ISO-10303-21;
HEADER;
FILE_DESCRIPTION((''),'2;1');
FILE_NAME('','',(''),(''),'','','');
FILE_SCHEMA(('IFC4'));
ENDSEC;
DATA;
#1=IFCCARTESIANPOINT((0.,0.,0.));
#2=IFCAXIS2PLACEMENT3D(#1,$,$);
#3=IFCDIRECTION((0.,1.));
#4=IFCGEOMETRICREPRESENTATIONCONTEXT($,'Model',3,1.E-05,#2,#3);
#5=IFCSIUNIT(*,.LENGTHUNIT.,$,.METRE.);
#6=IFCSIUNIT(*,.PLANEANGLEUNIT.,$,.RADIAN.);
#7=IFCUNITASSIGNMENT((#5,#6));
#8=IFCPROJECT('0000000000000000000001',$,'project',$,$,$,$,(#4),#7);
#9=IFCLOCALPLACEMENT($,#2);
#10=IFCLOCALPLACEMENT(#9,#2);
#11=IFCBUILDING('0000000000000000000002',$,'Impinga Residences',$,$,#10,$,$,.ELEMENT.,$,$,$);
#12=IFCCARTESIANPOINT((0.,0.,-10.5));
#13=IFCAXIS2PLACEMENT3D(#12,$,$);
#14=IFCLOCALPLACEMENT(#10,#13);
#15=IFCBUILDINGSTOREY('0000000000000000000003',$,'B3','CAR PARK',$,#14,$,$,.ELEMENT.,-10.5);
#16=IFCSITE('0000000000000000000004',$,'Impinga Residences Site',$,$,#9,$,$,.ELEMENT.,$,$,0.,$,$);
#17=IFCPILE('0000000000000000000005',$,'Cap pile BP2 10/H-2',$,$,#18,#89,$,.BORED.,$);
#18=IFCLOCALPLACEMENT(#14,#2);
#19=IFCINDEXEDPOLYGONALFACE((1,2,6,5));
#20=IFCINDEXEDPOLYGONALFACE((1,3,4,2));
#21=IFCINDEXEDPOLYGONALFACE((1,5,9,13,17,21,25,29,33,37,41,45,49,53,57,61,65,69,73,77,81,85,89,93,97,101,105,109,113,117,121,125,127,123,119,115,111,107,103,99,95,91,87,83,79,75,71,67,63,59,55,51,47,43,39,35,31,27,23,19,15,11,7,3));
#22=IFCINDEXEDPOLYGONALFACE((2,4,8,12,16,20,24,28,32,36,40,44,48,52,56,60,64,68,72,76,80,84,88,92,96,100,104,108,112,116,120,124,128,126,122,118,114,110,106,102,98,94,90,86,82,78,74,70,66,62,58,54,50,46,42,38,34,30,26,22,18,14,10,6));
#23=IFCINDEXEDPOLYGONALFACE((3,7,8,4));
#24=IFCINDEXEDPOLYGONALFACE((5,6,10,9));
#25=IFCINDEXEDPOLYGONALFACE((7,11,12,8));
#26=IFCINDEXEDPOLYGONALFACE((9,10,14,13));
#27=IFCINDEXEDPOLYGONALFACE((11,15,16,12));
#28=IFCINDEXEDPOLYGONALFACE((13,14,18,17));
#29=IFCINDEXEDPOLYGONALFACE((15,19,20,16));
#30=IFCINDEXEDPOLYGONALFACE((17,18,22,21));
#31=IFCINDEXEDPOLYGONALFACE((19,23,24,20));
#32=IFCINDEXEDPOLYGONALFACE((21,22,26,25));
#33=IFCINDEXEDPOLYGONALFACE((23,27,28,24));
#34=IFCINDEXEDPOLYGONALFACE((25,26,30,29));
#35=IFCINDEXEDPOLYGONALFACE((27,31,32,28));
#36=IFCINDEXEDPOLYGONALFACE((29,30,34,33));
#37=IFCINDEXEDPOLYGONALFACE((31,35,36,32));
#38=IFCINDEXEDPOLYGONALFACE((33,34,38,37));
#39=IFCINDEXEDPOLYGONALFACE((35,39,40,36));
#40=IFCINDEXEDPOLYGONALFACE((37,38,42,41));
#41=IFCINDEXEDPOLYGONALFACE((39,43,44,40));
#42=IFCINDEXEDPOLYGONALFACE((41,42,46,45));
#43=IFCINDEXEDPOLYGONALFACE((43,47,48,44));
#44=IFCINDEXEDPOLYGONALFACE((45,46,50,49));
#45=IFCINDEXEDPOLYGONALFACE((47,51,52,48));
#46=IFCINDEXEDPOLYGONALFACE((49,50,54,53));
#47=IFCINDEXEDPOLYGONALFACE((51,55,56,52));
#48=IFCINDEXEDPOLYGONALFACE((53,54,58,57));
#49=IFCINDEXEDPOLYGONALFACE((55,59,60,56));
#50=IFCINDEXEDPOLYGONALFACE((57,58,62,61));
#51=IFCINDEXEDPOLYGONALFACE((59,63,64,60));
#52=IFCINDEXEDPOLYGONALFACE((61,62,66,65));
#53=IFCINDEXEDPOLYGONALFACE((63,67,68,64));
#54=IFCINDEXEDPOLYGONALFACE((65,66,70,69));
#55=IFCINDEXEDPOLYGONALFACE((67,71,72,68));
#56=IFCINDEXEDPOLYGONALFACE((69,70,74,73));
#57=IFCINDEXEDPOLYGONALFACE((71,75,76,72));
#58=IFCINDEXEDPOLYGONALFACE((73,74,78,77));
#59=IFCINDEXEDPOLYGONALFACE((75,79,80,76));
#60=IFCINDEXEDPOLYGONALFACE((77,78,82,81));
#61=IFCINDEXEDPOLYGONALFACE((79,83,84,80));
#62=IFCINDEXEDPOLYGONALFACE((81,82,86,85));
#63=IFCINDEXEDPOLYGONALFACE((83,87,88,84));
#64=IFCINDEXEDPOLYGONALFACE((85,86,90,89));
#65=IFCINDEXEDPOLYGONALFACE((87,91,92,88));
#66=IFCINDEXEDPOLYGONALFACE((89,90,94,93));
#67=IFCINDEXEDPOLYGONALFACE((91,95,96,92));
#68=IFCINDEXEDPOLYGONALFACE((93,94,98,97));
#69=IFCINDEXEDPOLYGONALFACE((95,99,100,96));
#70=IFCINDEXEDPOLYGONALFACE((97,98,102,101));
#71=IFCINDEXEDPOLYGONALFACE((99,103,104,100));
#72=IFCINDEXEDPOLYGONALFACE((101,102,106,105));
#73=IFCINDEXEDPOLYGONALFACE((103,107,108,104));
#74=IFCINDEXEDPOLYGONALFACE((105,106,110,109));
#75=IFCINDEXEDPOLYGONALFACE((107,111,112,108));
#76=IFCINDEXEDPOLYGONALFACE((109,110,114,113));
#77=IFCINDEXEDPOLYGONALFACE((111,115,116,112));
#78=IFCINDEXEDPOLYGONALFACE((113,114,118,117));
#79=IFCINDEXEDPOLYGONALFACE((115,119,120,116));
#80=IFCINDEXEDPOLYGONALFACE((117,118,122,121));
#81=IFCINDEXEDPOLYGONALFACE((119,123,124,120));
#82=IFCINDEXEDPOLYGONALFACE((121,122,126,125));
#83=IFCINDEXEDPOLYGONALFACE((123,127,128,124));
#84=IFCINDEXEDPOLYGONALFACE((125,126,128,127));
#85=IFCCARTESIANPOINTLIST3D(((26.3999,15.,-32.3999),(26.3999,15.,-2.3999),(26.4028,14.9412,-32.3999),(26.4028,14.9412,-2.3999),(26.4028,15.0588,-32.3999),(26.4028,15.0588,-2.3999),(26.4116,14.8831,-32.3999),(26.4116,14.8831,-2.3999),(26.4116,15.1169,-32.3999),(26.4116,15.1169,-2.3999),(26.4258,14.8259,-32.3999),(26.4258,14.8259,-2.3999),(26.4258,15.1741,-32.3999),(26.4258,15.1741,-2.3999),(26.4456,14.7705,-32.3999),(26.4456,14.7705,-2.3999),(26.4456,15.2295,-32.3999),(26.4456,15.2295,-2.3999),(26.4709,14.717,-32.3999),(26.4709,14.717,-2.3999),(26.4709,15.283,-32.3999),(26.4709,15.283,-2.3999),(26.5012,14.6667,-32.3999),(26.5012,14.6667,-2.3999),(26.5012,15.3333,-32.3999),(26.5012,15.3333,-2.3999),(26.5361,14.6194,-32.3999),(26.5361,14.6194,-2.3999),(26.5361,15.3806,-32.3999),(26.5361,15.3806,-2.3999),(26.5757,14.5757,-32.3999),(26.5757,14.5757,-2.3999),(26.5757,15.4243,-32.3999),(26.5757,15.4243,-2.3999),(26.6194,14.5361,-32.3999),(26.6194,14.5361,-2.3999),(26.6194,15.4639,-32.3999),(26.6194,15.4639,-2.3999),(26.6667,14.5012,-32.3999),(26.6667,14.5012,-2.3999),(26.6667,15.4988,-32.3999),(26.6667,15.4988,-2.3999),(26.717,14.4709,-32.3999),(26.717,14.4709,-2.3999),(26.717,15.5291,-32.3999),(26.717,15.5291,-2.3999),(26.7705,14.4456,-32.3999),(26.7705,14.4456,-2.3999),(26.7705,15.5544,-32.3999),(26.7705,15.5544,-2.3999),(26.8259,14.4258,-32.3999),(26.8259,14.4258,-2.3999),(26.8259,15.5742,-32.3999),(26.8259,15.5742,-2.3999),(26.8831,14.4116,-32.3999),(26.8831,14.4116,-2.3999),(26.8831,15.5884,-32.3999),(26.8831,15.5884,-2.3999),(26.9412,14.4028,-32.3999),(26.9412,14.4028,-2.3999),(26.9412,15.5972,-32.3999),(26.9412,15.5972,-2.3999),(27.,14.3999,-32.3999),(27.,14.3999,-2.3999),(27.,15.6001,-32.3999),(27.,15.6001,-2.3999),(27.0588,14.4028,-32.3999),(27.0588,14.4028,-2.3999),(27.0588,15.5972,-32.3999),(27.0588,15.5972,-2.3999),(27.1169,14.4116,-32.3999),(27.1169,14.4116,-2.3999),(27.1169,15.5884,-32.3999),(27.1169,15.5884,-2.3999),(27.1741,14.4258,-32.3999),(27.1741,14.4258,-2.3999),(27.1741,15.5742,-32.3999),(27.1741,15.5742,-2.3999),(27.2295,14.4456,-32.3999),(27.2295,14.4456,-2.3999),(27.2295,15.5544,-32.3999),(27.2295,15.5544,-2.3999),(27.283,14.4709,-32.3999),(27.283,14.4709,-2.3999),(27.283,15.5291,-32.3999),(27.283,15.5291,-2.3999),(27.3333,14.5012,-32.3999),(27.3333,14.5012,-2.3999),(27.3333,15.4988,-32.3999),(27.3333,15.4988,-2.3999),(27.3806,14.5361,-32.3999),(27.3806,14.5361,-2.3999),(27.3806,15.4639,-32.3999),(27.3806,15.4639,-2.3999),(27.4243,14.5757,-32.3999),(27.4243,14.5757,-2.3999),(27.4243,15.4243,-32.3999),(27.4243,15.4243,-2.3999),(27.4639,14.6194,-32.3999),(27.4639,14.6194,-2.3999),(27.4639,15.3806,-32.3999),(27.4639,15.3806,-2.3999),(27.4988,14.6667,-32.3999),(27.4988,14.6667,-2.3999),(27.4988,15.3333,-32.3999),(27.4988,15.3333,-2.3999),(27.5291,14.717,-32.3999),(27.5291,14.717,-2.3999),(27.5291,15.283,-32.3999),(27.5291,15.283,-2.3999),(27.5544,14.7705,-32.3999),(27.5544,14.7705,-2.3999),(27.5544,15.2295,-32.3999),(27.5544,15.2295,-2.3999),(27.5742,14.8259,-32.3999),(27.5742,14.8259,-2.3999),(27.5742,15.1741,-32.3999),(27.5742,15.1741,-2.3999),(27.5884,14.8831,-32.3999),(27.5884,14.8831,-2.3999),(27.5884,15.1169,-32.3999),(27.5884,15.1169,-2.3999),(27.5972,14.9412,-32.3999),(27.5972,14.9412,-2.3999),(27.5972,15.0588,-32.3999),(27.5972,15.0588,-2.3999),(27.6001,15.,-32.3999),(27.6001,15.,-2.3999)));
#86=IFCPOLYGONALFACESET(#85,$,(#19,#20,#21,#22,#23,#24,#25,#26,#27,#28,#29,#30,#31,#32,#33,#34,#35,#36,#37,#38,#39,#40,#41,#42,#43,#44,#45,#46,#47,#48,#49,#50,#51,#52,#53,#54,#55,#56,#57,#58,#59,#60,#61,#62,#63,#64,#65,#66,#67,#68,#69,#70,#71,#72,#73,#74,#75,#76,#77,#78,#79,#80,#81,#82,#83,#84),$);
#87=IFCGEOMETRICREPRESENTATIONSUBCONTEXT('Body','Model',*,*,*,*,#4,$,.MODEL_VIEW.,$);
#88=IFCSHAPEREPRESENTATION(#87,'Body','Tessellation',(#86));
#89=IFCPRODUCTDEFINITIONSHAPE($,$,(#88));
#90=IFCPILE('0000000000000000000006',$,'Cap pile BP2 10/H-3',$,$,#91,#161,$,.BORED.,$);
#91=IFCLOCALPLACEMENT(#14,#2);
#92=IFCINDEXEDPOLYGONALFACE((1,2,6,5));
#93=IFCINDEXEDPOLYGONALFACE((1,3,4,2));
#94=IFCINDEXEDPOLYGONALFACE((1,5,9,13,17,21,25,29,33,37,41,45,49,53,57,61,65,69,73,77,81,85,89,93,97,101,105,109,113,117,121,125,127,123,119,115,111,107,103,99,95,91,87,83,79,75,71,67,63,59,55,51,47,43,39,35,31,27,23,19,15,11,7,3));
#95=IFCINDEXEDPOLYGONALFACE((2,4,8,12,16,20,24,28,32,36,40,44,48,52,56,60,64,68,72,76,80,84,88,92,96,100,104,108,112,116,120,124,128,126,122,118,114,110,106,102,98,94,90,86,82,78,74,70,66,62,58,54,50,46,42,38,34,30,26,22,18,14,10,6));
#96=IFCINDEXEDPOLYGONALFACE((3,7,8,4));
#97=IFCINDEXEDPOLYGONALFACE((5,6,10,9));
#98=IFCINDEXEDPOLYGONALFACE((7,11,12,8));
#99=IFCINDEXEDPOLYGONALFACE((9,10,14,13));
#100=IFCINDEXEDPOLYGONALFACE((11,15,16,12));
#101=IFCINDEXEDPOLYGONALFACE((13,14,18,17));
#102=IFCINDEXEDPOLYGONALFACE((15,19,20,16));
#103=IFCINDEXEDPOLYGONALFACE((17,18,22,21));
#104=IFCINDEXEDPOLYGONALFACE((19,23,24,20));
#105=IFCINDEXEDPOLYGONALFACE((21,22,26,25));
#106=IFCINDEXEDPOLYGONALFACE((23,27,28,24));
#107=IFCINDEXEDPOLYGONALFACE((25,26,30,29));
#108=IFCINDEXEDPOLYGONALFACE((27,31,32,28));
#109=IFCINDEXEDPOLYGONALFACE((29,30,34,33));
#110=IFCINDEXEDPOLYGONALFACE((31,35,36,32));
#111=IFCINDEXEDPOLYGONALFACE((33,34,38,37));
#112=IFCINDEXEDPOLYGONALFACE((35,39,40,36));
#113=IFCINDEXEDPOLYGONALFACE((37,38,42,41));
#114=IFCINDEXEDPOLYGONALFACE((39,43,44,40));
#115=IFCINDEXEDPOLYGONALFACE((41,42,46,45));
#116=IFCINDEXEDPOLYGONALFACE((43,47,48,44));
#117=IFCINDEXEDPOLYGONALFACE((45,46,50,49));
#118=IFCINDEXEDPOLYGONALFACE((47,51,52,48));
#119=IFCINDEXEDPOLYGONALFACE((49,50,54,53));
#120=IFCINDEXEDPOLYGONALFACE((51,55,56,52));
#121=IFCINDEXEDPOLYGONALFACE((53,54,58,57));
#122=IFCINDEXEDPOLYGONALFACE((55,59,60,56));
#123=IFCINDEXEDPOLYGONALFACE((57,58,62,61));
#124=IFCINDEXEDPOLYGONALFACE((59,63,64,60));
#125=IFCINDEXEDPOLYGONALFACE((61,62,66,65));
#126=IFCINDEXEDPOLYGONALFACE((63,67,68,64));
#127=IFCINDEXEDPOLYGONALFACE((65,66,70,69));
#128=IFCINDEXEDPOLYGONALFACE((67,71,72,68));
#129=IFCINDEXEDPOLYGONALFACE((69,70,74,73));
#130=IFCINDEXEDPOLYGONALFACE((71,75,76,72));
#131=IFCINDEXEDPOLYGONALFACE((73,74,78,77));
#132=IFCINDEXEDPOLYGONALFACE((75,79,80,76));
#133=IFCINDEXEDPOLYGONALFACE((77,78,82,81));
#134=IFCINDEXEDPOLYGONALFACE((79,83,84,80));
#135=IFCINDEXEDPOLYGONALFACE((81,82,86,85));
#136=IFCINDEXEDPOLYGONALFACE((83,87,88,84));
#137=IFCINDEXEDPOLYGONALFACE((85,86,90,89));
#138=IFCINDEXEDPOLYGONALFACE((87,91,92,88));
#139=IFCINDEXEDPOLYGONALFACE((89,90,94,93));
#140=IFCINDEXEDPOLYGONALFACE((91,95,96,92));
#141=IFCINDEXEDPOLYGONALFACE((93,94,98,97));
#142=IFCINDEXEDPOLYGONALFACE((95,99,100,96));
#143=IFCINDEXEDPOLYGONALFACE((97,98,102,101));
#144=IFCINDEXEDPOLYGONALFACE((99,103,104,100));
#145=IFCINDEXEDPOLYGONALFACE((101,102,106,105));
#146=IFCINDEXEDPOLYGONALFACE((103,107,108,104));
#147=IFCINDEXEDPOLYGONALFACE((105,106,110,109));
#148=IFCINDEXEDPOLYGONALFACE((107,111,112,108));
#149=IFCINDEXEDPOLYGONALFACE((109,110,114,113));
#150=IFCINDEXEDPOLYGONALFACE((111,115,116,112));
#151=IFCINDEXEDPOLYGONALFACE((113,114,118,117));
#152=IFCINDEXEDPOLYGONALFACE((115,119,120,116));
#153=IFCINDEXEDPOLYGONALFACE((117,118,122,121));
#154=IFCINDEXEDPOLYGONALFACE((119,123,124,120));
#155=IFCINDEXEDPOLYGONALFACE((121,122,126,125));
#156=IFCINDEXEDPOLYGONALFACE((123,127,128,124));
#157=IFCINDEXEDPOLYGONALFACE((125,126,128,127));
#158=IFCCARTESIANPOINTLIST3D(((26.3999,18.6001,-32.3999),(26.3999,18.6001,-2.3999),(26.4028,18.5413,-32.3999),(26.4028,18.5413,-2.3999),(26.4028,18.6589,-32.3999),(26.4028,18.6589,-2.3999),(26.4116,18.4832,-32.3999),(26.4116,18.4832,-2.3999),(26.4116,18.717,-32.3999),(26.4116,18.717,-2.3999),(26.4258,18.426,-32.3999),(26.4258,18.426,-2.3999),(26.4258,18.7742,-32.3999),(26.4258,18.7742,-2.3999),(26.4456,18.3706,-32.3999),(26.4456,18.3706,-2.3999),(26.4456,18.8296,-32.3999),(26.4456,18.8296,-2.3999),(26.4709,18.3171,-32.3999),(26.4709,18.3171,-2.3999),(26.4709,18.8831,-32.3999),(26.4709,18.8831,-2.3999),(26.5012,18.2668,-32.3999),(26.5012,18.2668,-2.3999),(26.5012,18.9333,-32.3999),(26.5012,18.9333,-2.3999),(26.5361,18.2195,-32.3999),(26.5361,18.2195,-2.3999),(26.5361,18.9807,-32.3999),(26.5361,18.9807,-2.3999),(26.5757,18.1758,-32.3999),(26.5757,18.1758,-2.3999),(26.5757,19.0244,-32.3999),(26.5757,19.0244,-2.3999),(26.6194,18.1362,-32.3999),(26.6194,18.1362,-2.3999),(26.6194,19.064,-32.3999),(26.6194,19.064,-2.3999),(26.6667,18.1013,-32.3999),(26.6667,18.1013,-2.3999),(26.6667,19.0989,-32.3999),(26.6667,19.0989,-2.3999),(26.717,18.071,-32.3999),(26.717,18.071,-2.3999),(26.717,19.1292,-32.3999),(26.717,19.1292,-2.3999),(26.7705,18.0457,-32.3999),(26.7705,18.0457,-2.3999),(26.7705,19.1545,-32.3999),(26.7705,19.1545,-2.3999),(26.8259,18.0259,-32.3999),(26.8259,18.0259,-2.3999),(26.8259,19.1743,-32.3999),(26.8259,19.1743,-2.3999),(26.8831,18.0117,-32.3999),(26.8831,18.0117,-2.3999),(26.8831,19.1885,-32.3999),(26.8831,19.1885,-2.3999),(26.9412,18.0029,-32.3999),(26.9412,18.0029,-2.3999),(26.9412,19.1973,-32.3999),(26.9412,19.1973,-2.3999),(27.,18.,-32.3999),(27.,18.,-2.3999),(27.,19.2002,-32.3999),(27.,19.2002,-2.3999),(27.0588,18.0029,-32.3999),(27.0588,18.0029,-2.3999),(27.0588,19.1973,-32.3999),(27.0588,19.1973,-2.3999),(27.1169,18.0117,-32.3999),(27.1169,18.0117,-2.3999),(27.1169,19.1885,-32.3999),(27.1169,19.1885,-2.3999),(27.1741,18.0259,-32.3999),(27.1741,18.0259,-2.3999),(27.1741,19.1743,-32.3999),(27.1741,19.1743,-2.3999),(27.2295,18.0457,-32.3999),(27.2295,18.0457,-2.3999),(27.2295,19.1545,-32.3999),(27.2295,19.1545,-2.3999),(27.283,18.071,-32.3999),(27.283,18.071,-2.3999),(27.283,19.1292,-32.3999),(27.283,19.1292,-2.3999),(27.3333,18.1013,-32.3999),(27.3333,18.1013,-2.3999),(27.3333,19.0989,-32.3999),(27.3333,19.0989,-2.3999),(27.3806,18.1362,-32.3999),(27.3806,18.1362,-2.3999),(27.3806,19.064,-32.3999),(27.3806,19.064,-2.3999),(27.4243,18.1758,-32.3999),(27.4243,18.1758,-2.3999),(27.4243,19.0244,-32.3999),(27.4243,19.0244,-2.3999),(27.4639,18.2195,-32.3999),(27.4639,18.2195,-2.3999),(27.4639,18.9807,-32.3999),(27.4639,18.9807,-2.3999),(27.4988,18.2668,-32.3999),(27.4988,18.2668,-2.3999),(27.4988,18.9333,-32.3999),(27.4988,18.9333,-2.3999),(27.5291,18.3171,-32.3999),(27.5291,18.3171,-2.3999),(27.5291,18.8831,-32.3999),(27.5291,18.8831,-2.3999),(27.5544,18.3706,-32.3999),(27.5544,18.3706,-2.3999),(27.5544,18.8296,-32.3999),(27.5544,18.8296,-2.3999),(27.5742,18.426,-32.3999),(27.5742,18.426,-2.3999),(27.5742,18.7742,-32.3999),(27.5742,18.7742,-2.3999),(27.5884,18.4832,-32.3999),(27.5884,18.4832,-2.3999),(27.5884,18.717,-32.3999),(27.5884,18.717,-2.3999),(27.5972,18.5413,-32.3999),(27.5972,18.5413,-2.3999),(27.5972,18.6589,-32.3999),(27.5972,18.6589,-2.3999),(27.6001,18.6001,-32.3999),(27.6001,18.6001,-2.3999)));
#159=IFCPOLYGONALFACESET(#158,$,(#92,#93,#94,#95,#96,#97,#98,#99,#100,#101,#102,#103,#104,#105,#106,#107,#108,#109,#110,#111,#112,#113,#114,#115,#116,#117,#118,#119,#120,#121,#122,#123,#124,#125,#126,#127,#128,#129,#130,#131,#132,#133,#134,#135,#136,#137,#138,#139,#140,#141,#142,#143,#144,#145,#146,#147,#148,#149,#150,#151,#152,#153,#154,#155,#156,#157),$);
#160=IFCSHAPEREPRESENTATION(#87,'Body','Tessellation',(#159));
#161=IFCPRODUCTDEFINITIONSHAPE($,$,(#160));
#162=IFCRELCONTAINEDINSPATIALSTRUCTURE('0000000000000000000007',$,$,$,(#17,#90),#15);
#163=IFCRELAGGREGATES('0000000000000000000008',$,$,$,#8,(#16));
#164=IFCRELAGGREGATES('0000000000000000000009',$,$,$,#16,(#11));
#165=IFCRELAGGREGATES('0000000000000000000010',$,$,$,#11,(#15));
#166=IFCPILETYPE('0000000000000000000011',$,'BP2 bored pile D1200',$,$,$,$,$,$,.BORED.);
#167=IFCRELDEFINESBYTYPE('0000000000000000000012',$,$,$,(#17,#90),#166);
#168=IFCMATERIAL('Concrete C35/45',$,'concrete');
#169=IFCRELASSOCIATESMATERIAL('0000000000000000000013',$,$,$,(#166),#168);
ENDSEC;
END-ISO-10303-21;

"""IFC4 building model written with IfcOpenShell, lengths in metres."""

from ifc_helpers import new_model, si_unit, direction, frame, origin, origin_2d, place, context, subcontext, project, spatial, polyline, circle, outline, extrude, material, material_profile, profile_set, type_object, element, save


model = new_model("IFC4")

# Units and contexts
model_context = context("Model", 3, precision=1e-05, world=origin(), true_north=direction((0.0, 1.0)))
body_context = subcontext(model_context, "Body", "Model", "MODEL_VIEW")
ifc_project = project(units=[si_unit("LENGTHUNIT", "METRE"), si_unit("PLANEANGLEUNIT", "RADIAN")], contexts=[model_context])

# Site, building, storey
site_placement = place(None, origin())
site = spatial("IfcSite", under=ifc_project, at=site_placement, Name="Impinga Residences Site", CompositionType="ELEMENT", RefElevation=0.0)
building_placement = place(site_placement, origin())
building = spatial("IfcBuilding", under=site, at=building_placement, Name="Impinga Residences", CompositionType="ELEMENT")
storey_placement = place(building_placement, frame((0.0, 0.0, -10.5)))
storey = spatial("IfcBuildingStorey", under=building, at=storey_placement, Name="B3", Description="CAR PARK", CompositionType="ELEMENT", Elevation=-10.5)

# Piles
ifc_material_1 = material(Name="Concrete C35/45", Category="concrete")
ifc_material_profile_1 = material_profile(ifc_material_1, circle(Radius=0.6001, at=origin_2d()), Name="D1200")
ifc_profile_set_1 = profile_set([ifc_material_profile_1], Name="Concrete C35/45")
pile_type = type_object("IfcPileType", Name="BP2 bored pile D1200", PredefinedType="BORED", material=ifc_profile_set_1)
pile_1_placement = place(storey_placement, frame((27.0, 15.0, -2.3999), z_axis=(0.0, 0.0, -1.0), x_axis=(1.0, 0.0, 0.0)))
element("IfcPile", 1, at=pile_1_placement, inside=storey, type_object=pile_type, Name="Cap pile BP2 10/H-2", PredefinedType="BORED", context=body_context, shape_type="SweptSolid", body=[
    extrude(outline(polyline([(0.6001, 0.0), (0.5972, 0.0588), (0.5884, 0.1169), (0.5742, 0.1741), (0.5544, 0.2295), (0.5291, 0.283), (0.4988, 0.3333), (0.4639, 0.3806), (0.4243, 0.4243), (0.3806, 0.4639), (0.3333, 0.4988), (0.283, 0.5291), (0.2295, 0.5544), (0.1741, 0.5742), (0.1169, 0.5884), (0.0588, 0.5972), (0.0, 0.6001), (-0.0588, 0.5972), (-0.1169, 0.5884), (-0.1741, 0.5742), (-0.2295, 0.5544), (-0.283, 0.5291), (-0.3333, 0.4988), (-0.3806, 0.4639), (-0.4243, 0.4243), (-0.4639, 0.3806), (-0.4988, 0.3333), (-0.5291, 0.283), (-0.5544, 0.2295), (-0.5742, 0.1741), (-0.5884, 0.1169), (-0.5972, 0.0588), (-0.6001, 0.0), (-0.5972, -0.0588), (-0.5884, -0.1169), (-0.5742, -0.1741), (-0.5544, -0.2295), (-0.5291, -0.283), (-0.4988, -0.3333), (-0.4639, -0.3806), (-0.4243, -0.4243), (-0.3806, -0.4639), (-0.3333, -0.4988), (-0.283, -0.5291), (-0.2295, -0.5544), (-0.1741, -0.5742), (-0.1169, -0.5884), (-0.0588, -0.5972), (0.0, -0.6001), (0.0588, -0.5972), (0.1169, -0.5884), (0.1741, -0.5742), (0.2295, -0.5544), (0.283, -0.5291), (0.3333, -0.4988), (0.3806, -0.4639), (0.4243, -0.4243), (0.4639, -0.3806), (0.4988, -0.3333), (0.5291, -0.283), (0.5544, -0.2295), (0.5742, -0.1741), (0.5884, -0.1169), (0.5972, -0.0588), (0.6001, 0.0)])), origin(), (0.0, 0.0, 1.0), 30.0),
])
pile_2_placement = place(storey_placement, frame((27.0, 18.6001, -2.3999), z_axis=(0.0, 0.0, -1.0), x_axis=(1.0, 0.0, 0.0)))
element("IfcPile", 2, at=pile_2_placement, inside=storey, type_object=pile_type, Name="Cap pile BP2 10/H-3", PredefinedType="BORED", context=body_context, shape_type="SweptSolid", body=[
    extrude(outline(polyline([(0.6001, 0.0), (0.5972, 0.0588), (0.5884, 0.1169), (0.5742, 0.1741), (0.5544, 0.2295), (0.5291, 0.283), (0.4988, 0.3333), (0.4639, 0.3806), (0.4243, 0.4243), (0.3806, 0.4639), (0.3333, 0.4988), (0.283, 0.5291), (0.2295, 0.5544), (0.1741, 0.5742), (0.1169, 0.5884), (0.0588, 0.5972), (0.0, 0.6001), (-0.0588, 0.5972), (-0.1169, 0.5884), (-0.1741, 0.5742), (-0.2295, 0.5544), (-0.283, 0.5291), (-0.3333, 0.4988), (-0.3806, 0.4639), (-0.4243, 0.4243), (-0.4639, 0.3806), (-0.4988, 0.3333), (-0.5291, 0.283), (-0.5544, 0.2295), (-0.5742, 0.1741), (-0.5884, 0.1169), (-0.5972, 0.0588), (-0.6001, 0.0), (-0.5972, -0.0588), (-0.5884, -0.1169), (-0.5742, -0.1741), (-0.5544, -0.2295), (-0.5291, -0.283), (-0.4988, -0.3333), (-0.4639, -0.3806), (-0.4243, -0.4243), (-0.3806, -0.4639), (-0.3333, -0.4988), (-0.283, -0.5291), (-0.2295, -0.5544), (-0.1741, -0.5742), (-0.1169, -0.5884), (-0.0588, -0.5972), (0.0, -0.6001), (0.0588, -0.5972), (0.1169, -0.5884), (0.1741, -0.5742), (0.2295, -0.5544), (0.283, -0.5291), (0.3333, -0.4988), (0.3806, -0.4639), (0.4243, -0.4243), (0.4639, -0.3806), (0.4988, -0.3333), (0.5291, -0.283), (0.5544, -0.2295), (0.5742, -0.1741), (0.5884, -0.1169), (0.5972, -0.0588), (0.6001, 0.0)])), origin(), (0.0, 0.0, 1.0), 30.0),
])

save(model, "model.ifc")
